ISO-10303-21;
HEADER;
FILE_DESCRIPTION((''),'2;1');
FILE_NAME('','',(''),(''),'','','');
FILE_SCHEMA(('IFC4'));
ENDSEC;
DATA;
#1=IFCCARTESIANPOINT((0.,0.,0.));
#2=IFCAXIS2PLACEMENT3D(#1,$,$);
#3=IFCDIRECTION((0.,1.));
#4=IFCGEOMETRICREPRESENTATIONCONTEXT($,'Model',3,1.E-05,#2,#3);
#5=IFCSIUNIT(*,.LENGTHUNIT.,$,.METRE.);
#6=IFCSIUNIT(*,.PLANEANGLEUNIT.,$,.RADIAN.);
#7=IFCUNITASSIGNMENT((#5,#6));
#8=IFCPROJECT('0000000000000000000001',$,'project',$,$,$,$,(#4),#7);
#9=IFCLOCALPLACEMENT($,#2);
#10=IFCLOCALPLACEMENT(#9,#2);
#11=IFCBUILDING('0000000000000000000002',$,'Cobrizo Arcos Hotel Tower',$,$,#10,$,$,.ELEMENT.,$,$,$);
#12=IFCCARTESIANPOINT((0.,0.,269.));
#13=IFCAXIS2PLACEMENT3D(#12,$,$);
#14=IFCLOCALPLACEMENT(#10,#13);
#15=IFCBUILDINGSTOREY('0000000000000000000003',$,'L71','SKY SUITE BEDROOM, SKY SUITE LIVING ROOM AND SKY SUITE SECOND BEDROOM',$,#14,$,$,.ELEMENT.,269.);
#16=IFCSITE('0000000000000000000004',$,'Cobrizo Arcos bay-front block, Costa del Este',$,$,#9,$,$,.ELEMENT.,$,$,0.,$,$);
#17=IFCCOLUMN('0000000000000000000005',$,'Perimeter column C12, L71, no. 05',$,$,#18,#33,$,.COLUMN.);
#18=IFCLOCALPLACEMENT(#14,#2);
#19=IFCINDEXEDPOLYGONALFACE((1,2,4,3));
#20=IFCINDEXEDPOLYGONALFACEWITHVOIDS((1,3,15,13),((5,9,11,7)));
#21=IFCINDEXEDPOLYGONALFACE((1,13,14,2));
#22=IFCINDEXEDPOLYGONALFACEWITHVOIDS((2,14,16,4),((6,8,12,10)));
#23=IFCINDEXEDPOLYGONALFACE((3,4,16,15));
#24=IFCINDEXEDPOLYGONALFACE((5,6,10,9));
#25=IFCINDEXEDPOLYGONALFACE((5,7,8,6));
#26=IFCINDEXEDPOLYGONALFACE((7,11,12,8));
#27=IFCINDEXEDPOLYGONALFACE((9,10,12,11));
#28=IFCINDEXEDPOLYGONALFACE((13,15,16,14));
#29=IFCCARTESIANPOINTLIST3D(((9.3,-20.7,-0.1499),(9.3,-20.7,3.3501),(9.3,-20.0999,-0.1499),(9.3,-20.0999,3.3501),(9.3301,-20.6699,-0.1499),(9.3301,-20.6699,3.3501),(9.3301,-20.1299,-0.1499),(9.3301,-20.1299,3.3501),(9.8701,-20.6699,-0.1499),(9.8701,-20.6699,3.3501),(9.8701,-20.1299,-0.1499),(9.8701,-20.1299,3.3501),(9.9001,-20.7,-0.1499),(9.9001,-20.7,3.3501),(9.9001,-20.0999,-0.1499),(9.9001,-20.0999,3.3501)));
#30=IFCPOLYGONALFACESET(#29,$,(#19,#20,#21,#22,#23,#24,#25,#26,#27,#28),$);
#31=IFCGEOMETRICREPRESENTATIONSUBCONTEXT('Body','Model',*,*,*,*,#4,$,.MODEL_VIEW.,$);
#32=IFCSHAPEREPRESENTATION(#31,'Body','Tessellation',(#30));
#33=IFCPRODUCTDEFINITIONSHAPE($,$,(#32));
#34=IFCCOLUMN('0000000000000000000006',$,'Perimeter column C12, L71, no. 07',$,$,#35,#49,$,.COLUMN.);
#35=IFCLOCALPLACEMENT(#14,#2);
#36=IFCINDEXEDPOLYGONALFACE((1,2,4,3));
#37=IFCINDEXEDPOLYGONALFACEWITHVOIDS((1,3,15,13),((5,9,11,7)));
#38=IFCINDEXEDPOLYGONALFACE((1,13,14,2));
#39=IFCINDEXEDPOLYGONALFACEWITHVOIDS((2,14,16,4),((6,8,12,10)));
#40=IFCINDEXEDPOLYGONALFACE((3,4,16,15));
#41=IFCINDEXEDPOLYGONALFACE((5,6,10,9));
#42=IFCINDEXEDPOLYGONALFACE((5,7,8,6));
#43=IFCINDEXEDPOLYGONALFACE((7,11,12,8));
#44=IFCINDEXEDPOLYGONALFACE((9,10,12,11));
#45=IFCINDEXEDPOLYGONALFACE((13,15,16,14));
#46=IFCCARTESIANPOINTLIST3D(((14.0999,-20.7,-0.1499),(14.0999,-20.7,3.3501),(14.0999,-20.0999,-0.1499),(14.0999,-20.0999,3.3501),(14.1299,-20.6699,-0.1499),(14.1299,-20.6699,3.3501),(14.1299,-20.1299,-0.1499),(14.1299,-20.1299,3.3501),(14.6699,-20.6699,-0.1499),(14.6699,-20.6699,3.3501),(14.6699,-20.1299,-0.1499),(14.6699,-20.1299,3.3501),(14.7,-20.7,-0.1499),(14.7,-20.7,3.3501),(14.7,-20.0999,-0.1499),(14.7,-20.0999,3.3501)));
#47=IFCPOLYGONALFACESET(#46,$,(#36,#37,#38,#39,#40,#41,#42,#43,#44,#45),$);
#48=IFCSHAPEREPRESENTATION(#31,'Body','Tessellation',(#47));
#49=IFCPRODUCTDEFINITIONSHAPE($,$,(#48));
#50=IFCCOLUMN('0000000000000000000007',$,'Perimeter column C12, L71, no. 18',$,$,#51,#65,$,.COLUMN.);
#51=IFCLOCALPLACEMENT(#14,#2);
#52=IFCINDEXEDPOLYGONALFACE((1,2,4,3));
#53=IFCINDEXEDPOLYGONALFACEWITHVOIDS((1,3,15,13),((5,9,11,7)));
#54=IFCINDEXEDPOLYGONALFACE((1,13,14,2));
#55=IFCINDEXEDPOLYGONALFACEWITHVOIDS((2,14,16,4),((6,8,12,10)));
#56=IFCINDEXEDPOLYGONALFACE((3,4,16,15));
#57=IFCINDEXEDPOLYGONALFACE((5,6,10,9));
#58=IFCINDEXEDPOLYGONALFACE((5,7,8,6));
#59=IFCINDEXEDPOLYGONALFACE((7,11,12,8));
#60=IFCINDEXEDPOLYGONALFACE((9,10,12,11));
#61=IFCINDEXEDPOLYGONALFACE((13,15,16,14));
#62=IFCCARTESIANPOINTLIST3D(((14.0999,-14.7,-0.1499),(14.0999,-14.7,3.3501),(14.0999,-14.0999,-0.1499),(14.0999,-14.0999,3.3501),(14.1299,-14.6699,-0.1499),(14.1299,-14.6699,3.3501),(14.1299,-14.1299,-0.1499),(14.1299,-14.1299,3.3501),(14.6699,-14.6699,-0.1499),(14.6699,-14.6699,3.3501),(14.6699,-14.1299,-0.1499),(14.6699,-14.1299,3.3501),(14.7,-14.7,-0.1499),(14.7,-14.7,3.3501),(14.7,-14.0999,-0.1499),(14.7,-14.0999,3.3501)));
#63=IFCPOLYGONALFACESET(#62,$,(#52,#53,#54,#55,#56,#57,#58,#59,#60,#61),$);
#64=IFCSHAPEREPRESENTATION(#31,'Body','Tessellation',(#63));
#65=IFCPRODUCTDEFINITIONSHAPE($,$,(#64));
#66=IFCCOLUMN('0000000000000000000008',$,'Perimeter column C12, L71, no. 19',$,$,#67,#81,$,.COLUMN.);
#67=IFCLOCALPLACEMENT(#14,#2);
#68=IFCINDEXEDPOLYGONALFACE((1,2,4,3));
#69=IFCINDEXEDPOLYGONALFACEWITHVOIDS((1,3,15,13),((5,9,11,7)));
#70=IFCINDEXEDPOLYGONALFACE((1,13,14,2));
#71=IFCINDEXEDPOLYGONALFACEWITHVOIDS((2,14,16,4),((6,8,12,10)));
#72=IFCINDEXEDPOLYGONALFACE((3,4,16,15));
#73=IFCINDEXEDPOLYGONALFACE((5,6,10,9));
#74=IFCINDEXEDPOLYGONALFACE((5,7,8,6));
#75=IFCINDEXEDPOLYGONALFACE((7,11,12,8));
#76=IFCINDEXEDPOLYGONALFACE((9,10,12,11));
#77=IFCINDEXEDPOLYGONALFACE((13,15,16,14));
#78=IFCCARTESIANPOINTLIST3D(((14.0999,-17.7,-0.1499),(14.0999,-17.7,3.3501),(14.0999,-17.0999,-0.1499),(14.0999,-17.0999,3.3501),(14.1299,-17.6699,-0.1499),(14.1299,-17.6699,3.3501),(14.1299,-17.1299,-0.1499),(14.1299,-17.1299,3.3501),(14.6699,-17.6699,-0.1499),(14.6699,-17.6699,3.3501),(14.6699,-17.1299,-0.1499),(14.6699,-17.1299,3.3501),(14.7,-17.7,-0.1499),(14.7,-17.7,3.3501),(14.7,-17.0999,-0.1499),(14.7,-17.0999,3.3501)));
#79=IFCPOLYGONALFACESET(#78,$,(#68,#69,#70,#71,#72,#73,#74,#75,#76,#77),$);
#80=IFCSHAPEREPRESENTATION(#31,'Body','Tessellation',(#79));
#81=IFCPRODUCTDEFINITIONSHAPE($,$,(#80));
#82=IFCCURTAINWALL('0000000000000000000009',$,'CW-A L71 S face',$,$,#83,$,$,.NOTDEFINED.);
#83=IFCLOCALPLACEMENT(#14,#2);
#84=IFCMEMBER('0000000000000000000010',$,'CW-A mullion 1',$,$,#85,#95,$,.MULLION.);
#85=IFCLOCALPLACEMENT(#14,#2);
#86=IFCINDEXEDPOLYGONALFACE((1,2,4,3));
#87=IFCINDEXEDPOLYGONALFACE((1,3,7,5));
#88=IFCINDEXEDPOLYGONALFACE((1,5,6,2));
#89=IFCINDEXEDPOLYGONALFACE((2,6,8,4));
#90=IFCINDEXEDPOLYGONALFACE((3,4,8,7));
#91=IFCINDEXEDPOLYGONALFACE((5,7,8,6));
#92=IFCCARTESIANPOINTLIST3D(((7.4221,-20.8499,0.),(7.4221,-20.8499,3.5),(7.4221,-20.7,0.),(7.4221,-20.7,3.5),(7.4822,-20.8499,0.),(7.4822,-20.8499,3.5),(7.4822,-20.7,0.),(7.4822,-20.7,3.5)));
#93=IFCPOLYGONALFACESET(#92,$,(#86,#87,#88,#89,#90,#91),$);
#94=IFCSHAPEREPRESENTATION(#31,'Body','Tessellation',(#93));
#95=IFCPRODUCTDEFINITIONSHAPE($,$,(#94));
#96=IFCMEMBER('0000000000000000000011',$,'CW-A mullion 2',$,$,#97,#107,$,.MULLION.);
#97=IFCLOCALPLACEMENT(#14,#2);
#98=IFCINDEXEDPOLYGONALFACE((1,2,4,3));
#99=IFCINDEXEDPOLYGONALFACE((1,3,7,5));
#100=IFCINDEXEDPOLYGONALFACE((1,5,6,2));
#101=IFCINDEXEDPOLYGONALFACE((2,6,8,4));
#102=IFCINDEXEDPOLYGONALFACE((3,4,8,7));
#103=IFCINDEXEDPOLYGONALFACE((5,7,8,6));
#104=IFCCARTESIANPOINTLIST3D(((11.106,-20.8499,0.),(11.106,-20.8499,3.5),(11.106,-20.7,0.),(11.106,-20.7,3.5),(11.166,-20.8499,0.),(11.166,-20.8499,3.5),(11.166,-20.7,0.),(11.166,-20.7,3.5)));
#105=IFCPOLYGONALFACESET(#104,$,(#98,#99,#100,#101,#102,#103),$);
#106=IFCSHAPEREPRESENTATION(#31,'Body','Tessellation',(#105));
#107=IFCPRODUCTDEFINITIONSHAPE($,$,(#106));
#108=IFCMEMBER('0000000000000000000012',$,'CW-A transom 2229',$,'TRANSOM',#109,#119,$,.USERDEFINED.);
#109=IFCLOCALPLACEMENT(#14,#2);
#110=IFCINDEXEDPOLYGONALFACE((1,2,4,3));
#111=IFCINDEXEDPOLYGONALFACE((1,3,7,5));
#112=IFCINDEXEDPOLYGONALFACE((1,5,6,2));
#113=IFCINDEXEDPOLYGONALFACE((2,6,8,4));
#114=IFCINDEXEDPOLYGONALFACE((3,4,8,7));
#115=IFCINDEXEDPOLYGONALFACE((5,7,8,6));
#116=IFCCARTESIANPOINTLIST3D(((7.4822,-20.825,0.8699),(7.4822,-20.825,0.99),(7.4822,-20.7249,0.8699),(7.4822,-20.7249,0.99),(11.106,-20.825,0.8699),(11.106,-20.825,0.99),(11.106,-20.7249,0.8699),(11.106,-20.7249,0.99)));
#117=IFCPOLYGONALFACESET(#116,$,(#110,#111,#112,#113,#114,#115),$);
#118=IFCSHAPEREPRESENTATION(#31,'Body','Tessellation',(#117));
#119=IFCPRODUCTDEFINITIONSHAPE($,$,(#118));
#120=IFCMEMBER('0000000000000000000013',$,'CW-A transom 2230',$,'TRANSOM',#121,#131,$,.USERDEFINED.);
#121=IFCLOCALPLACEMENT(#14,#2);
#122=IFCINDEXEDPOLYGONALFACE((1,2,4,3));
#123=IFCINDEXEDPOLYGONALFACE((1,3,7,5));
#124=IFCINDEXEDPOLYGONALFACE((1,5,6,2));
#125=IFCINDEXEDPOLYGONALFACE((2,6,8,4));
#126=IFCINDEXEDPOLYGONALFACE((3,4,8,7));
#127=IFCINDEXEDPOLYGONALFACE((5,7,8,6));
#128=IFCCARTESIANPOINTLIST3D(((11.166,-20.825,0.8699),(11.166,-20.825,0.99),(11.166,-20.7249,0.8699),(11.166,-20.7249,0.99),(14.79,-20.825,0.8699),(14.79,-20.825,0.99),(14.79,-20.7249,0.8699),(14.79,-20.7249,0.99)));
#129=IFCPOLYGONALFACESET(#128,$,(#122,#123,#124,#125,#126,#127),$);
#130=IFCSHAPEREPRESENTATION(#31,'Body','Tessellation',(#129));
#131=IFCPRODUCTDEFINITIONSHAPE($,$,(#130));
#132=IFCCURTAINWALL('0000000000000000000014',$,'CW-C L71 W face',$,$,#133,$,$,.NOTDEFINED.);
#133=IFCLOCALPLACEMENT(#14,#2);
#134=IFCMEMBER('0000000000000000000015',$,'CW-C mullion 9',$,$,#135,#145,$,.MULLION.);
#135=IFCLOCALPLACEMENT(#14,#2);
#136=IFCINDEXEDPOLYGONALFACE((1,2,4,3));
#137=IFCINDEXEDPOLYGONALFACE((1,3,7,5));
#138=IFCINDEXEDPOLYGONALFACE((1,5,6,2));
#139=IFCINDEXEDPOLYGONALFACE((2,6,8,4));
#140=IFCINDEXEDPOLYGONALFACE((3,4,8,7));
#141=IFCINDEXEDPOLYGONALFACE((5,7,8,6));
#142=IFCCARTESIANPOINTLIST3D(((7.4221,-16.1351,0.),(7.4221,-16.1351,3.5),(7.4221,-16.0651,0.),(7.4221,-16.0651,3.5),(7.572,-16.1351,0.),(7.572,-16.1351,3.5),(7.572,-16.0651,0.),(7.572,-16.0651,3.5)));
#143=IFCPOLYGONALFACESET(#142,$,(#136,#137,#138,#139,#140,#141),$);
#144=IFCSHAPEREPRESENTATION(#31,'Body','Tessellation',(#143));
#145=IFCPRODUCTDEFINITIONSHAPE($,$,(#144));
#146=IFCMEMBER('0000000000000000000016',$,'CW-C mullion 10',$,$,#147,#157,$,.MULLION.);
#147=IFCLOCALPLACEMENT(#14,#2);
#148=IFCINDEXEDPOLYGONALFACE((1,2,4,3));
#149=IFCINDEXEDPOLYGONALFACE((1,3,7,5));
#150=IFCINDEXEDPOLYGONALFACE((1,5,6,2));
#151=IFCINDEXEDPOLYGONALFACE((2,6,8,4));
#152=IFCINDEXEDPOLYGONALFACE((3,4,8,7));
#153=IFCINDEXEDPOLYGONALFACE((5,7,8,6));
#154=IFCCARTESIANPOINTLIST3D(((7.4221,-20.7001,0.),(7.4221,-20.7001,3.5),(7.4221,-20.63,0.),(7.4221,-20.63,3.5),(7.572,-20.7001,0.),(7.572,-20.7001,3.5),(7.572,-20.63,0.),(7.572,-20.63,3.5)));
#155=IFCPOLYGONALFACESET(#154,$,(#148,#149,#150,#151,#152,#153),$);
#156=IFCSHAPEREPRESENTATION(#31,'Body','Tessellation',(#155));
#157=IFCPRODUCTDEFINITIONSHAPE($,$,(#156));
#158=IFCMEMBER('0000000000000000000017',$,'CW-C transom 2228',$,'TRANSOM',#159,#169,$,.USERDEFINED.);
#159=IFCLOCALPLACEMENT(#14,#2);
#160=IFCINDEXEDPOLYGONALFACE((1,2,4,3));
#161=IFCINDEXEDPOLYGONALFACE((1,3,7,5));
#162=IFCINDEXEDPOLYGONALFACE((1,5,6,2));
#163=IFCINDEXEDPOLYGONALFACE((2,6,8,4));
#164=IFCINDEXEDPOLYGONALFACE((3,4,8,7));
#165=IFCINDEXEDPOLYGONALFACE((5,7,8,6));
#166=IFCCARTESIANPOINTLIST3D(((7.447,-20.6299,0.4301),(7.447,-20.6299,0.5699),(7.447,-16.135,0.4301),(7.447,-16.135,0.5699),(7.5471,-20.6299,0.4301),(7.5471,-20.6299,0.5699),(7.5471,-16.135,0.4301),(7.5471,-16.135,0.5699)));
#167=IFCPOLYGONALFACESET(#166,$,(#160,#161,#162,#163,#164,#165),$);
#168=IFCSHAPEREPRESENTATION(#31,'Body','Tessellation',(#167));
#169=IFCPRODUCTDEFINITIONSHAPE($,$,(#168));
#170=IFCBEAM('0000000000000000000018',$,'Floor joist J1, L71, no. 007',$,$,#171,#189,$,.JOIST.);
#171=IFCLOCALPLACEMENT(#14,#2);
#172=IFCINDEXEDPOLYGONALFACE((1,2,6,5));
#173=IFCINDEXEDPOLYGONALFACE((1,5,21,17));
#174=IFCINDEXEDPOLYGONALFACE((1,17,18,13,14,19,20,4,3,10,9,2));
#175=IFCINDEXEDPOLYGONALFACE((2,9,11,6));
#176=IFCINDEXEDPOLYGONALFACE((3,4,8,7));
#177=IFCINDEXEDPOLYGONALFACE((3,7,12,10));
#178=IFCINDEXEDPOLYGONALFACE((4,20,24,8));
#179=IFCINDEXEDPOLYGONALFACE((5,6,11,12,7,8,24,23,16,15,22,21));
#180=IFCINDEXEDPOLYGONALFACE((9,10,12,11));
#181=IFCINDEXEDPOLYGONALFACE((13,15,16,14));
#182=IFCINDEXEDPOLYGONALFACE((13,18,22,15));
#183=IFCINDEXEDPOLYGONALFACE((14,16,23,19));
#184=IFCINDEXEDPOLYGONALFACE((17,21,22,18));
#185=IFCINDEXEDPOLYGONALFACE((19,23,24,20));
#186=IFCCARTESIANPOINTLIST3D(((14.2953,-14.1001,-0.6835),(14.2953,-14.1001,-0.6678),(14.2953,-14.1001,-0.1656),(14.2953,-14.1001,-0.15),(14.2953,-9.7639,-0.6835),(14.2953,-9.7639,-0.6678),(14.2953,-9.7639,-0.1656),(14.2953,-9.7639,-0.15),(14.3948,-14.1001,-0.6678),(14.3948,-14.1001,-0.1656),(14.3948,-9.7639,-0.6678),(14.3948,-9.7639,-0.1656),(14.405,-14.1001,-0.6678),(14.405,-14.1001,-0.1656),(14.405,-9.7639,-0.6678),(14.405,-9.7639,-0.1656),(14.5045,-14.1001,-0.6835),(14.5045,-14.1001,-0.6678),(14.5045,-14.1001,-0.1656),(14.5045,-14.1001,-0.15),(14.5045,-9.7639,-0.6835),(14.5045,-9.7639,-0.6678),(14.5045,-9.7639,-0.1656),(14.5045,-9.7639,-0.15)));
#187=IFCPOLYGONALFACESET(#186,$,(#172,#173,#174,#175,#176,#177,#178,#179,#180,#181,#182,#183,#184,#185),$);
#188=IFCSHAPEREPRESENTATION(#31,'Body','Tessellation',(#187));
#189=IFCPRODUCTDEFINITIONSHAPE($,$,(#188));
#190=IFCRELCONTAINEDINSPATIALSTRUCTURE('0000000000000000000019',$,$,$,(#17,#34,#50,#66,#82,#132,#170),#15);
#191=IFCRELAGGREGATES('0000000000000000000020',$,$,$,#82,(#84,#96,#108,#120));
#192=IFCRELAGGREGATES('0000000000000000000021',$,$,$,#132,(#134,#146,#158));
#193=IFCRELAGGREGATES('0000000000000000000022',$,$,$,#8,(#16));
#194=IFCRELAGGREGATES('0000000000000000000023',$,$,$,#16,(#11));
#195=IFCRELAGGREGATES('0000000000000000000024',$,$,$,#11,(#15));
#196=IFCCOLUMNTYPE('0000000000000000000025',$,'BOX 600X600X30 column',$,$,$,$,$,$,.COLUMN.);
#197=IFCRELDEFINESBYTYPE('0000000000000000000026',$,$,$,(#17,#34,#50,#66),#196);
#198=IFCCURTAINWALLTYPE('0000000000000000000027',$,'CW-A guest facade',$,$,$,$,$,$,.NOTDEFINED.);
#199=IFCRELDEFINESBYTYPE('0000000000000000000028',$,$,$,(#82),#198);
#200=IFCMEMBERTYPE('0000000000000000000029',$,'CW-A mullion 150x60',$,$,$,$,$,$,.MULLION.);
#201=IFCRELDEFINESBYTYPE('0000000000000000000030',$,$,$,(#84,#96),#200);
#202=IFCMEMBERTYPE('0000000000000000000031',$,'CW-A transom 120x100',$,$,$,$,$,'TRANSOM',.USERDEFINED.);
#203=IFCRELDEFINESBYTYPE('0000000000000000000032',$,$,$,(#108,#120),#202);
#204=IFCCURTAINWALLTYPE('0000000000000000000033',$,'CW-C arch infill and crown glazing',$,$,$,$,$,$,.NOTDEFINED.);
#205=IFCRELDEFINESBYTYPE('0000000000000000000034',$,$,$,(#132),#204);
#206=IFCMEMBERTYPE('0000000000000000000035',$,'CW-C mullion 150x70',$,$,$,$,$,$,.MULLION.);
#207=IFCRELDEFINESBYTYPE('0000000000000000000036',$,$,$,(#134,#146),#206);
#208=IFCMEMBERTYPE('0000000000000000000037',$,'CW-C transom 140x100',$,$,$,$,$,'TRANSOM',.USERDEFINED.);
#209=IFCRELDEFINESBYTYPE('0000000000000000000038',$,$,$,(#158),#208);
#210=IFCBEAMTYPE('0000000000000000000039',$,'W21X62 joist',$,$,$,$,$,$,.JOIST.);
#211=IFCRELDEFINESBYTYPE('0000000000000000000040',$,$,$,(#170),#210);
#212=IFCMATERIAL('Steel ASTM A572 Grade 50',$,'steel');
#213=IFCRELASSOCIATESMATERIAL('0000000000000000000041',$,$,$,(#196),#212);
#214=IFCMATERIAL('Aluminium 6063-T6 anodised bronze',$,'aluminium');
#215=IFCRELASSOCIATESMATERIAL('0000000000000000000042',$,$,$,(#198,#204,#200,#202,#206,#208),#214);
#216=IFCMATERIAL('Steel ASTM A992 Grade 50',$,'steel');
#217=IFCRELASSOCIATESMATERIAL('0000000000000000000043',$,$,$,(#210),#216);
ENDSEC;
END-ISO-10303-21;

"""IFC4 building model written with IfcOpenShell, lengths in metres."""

from ifc_helpers import new_model, si_unit, direction, frame, origin, origin_2d, place, context, subcontext, project, spatial, rectangle, hollow_rectangle, i_section, extrude, material, material_profile, profile_set, type_object, element, aggregate, save


model = new_model("IFC4")

# Units and contexts
model_context = context("Model", 3, precision=1e-05, world=origin(), true_north=direction((0.0, 1.0)))
body_context = subcontext(model_context, "Body", "Model", "MODEL_VIEW")
ifc_project = project(units=[si_unit("LENGTHUNIT", "METRE"), si_unit("PLANEANGLEUNIT", "RADIAN")], contexts=[model_context])

# Site, building, storey
site_placement = place(None, origin())
site = spatial("IfcSite", under=ifc_project, at=site_placement, Name="Cobrizo Arcos bay-front block, Costa del Este", CompositionType="ELEMENT", RefElevation=0.0)
building_placement = place(site_placement, origin())
building = spatial("IfcBuilding", under=site, at=building_placement, Name="Cobrizo Arcos Hotel Tower", CompositionType="ELEMENT")
storey_placement = place(building_placement, frame((0.0, 0.0, 269.0)))
storey = spatial("IfcBuildingStorey", under=building, at=storey_placement, Name="L71", Description="SKY SUITE BEDROOM, SKY SUITE LIVING ROOM AND SKY SUITE SECOND BEDROOM", CompositionType="ELEMENT", Elevation=269.0)

# Columns
ifc_material_1 = material(Name="Steel ASTM A572 Grade 50", Category="steel")
ifc_material_profile_1 = material_profile(ifc_material_1, hollow_rectangle(XDim=0.6001, YDim=0.6001, WallThickness=0.03, at=origin_2d()), Name="BOX 600X600X30")
ifc_profile_set_1 = profile_set([ifc_material_profile_1], Name="Steel ASTM A572 Grade 50")
column_type = type_object("IfcColumnType", Name="BOX 600X600X30 column", PredefinedType="COLUMN", material=ifc_profile_set_1)
for number, where, z_axis, x_axis, name in (
    (1, (9.6001, -20.3999, -0.1499), (0.0, 0.0, 1.0), (1.0, 0.0, 0.0), "Perimeter column C12, L71, no. 05"),
    (2, (14.3999, -20.3999, -0.1499), (0.0, 0.0, 1.0), (1.0, 0.0, 0.0), "Perimeter column C12, L71, no. 07"),
    (3, (14.3999, -14.3999, -0.1499), (0.0, 0.0, 1.0), (1.0, 0.0, 0.0), "Perimeter column C12, L71, no. 18"),
    (4, (14.3999, -17.3999, -0.1499), (0.0, 0.0, 1.0), (1.0, 0.0, 0.0), "Perimeter column C12, L71, no. 19"),
):
    element("IfcColumn", number, at=place(storey_placement, frame(where, z_axis=z_axis, x_axis=x_axis)), inside=storey, type_object=column_type, Name=name, PredefinedType="COLUMN", context=body_context, shape_type="SweptSolid", body=[
        extrude(hollow_rectangle(XDim=0.6001, YDim=0.6001, WallThickness=0.03, at=origin_2d()), origin(), (0.0, 0.0, 1.0), 3.5),
    ])

# Curtain walls, members
ifc_material_2 = material(Name="Aluminium 6063-T6 anodised bronze", Category="aluminium")
curtain_wall_type_1 = type_object("IfcCurtainWallType", Name="CW-A guest facade", PredefinedType="NOTDEFINED", material=ifc_material_2)
curtain_wall_1_placement = place(storey_placement, origin())
curtain_wall_1 = element("IfcCurtainWall", 5, at=curtain_wall_1_placement, inside=storey, type_object=curtain_wall_type_1, Name="CW-A L71 S face", PredefinedType="NOTDEFINED")
ifc_material_profile_2 = material_profile(ifc_material_2, rectangle(XDim=0.1499, YDim=0.0601, at=origin_2d()), Name="CW-A mullion 150x60")
ifc_profile_set_2 = profile_set([ifc_material_profile_2], Name="Aluminium 6063-T6 anodised bronze")
member_type_1 = type_object("IfcMemberType", Name="CW-A mullion 150x60", PredefinedType="MULLION", material=ifc_profile_set_2)
member_1_placement = place(storey_placement, frame((7.4521, -20.7749, 0.0), z_axis=(0.0, 0.0, 1.0), x_axis=(0.0, -1.0, 0.0)))
member_1 = element("IfcMember", 6, at=member_1_placement, type_object=member_type_1, Name="CW-A mullion 1", PredefinedType="MULLION", context=body_context, shape_type="SweptSolid", body=[
    extrude(rectangle(XDim=0.1499, YDim=0.0601, at=origin_2d()), origin(), (0.0, 0.0, 1.0), 3.5),
])
member_2_placement = place(storey_placement, frame((11.136, -20.7749, 0.0), z_axis=(0.0, 0.0, 1.0), x_axis=(0.0, -1.0, 0.0)))
member_2 = element("IfcMember", 7, at=member_2_placement, type_object=member_type_1, Name="CW-A mullion 2", PredefinedType="MULLION", context=body_context, shape_type="SweptSolid", body=[
    extrude(rectangle(XDim=0.1499, YDim=0.0601, at=origin_2d()), origin(), (0.0, 0.0, 1.0), 3.5),
])
ifc_material_profile_3 = material_profile(ifc_material_2, rectangle(XDim=0.1001, YDim=0.1201, at=origin_2d()), Name="CW-A transom 120x100")
ifc_profile_set_3 = profile_set([ifc_material_profile_3], Name="Aluminium 6063-T6 anodised bronze")
member_type_2 = type_object("IfcMemberType", Name="CW-A transom 120x100", ElementType="TRANSOM", PredefinedType="USERDEFINED", material=ifc_profile_set_3)
member_3_placement = place(storey_placement, frame((7.4822, -20.7749, 0.9299), z_axis=(1.0, 0.0, 0.0), x_axis=(0.0, 1.0, 0.0)))
member_3 = element("IfcMember", 8, at=member_3_placement, type_object=member_type_2, Name="CW-A transom 2229", ObjectType="TRANSOM", PredefinedType="USERDEFINED", context=body_context, shape_type="SweptSolid", body=[
    extrude(rectangle(XDim=0.1001, YDim=0.1201, at=origin_2d()), origin(), (0.0, 0.0, 1.0), 3.6238),
])
member_4_placement = place(storey_placement, frame((11.166, -20.7749, 0.9299), z_axis=(1.0, 0.0, 0.0), x_axis=(0.0, 1.0, 0.0)))
member_4 = element("IfcMember", 9, at=member_4_placement, type_object=member_type_2, Name="CW-A transom 2230", ObjectType="TRANSOM", PredefinedType="USERDEFINED", context=body_context, shape_type="SweptSolid", body=[
    extrude(rectangle(XDim=0.1001, YDim=0.1201, at=origin_2d()), origin(), (0.0, 0.0, 1.0), 3.624),
])
curtain_wall_type_2 = type_object("IfcCurtainWallType", Name="CW-C arch infill and crown glazing", PredefinedType="NOTDEFINED", material=ifc_material_2)
curtain_wall_2_placement = place(storey_placement, origin())
curtain_wall_2 = element("IfcCurtainWall", 10, at=curtain_wall_2_placement, inside=storey, type_object=curtain_wall_type_2, Name="CW-C L71 W face", PredefinedType="NOTDEFINED")
ifc_material_profile_4 = material_profile(ifc_material_2, rectangle(XDim=0.1499, YDim=0.0701, at=origin_2d()), Name="CW-C mullion 150x70")
ifc_profile_set_4 = profile_set([ifc_material_profile_4], Name="Aluminium 6063-T6 anodised bronze")
member_type_3 = type_object("IfcMemberType", Name="CW-C mullion 150x70", PredefinedType="MULLION", material=ifc_profile_set_4)
member_5_placement = place(storey_placement, frame((7.4971, -16.1001, 0.0), z_axis=(0.0, 0.0, 1.0), x_axis=(-1.0, 0.0, 0.0)))
member_5 = element("IfcMember", 11, at=member_5_placement, type_object=member_type_3, Name="CW-C mullion 9", PredefinedType="MULLION", context=body_context, shape_type="SweptSolid", body=[
    extrude(rectangle(XDim=0.1499, YDim=0.0701, at=origin_2d()), origin(), (0.0, 0.0, 1.0), 3.5),
])
member_6_placement = place(storey_placement, frame((7.4971, -20.665, 0.0), z_axis=(0.0, 0.0, 1.0), x_axis=(-1.0, 0.0, 0.0)))
member_6 = element("IfcMember", 12, at=member_6_placement, type_object=member_type_3, Name="CW-C mullion 10", PredefinedType="MULLION", context=body_context, shape_type="SweptSolid", body=[
    extrude(rectangle(XDim=0.1499, YDim=0.0701, at=origin_2d()), origin(), (0.0, 0.0, 1.0), 3.5),
])
ifc_material_profile_5 = material_profile(ifc_material_2, rectangle(XDim=0.1001, YDim=0.1399, at=origin_2d()), Name="CW-C transom 140x100")
ifc_profile_set_5 = profile_set([ifc_material_profile_5], Name="Aluminium 6063-T6 anodised bronze")
member_type_4 = type_object("IfcMemberType", Name="CW-C transom 140x100", ElementType="TRANSOM", PredefinedType="USERDEFINED", material=ifc_profile_set_5)
member_7_placement = place(storey_placement, frame((7.4971, -16.135, 0.5), z_axis=(0.0, -1.0, 0.0), x_axis=(1.0, 0.0, 0.0)))
member_7 = element("IfcMember", 13, at=member_7_placement, type_object=member_type_4, Name="CW-C transom 2228", ObjectType="TRANSOM", PredefinedType="USERDEFINED", context=body_context, shape_type="SweptSolid", body=[
    extrude(rectangle(XDim=0.1001, YDim=0.1399, at=origin_2d()), origin(), (0.0, 0.0, 1.0), 4.4949),
])

# Beam
ifc_material_3 = material(Name="Steel ASTM A992 Grade 50", Category="steel")
ifc_material_profile_6 = material_profile(ifc_material_3, i_section(OverallWidth=0.2092, OverallDepth=0.5334, WebThickness=0.0103, FlangeThickness=0.0156, at=origin_2d()), Name="W21X62")
ifc_profile_set_6 = profile_set([ifc_material_profile_6], Name="Steel ASTM A992 Grade 50")
beam_type_1 = type_object("IfcBeamType", Name="W21X62 joist", PredefinedType="JOIST", material=ifc_profile_set_6)
beam_1_placement = place(storey_placement, frame((14.3999, -14.1001, -0.4167), z_axis=(0.0, 1.0, 0.0), x_axis=(-1.0, 0.0, 0.0)))
element("IfcBeam", 14, at=beam_1_placement, inside=storey, type_object=beam_type_1, Name="Floor joist J1, L71, no. 007", PredefinedType="JOIST", context=body_context, shape_type="SweptSolid", body=[
    extrude(i_section(OverallWidth=0.2092, OverallDepth=0.5334, WebThickness=0.0103, FlangeThickness=0.0156, at=origin_2d()), origin(), (0.0, 0.0, 1.0), 4.3362),
])

aggregate(curtain_wall_1, [member_1, member_2, member_3, member_4])
aggregate(curtain_wall_2, [member_5, member_6, member_7])

save(model, "model.ifc")
